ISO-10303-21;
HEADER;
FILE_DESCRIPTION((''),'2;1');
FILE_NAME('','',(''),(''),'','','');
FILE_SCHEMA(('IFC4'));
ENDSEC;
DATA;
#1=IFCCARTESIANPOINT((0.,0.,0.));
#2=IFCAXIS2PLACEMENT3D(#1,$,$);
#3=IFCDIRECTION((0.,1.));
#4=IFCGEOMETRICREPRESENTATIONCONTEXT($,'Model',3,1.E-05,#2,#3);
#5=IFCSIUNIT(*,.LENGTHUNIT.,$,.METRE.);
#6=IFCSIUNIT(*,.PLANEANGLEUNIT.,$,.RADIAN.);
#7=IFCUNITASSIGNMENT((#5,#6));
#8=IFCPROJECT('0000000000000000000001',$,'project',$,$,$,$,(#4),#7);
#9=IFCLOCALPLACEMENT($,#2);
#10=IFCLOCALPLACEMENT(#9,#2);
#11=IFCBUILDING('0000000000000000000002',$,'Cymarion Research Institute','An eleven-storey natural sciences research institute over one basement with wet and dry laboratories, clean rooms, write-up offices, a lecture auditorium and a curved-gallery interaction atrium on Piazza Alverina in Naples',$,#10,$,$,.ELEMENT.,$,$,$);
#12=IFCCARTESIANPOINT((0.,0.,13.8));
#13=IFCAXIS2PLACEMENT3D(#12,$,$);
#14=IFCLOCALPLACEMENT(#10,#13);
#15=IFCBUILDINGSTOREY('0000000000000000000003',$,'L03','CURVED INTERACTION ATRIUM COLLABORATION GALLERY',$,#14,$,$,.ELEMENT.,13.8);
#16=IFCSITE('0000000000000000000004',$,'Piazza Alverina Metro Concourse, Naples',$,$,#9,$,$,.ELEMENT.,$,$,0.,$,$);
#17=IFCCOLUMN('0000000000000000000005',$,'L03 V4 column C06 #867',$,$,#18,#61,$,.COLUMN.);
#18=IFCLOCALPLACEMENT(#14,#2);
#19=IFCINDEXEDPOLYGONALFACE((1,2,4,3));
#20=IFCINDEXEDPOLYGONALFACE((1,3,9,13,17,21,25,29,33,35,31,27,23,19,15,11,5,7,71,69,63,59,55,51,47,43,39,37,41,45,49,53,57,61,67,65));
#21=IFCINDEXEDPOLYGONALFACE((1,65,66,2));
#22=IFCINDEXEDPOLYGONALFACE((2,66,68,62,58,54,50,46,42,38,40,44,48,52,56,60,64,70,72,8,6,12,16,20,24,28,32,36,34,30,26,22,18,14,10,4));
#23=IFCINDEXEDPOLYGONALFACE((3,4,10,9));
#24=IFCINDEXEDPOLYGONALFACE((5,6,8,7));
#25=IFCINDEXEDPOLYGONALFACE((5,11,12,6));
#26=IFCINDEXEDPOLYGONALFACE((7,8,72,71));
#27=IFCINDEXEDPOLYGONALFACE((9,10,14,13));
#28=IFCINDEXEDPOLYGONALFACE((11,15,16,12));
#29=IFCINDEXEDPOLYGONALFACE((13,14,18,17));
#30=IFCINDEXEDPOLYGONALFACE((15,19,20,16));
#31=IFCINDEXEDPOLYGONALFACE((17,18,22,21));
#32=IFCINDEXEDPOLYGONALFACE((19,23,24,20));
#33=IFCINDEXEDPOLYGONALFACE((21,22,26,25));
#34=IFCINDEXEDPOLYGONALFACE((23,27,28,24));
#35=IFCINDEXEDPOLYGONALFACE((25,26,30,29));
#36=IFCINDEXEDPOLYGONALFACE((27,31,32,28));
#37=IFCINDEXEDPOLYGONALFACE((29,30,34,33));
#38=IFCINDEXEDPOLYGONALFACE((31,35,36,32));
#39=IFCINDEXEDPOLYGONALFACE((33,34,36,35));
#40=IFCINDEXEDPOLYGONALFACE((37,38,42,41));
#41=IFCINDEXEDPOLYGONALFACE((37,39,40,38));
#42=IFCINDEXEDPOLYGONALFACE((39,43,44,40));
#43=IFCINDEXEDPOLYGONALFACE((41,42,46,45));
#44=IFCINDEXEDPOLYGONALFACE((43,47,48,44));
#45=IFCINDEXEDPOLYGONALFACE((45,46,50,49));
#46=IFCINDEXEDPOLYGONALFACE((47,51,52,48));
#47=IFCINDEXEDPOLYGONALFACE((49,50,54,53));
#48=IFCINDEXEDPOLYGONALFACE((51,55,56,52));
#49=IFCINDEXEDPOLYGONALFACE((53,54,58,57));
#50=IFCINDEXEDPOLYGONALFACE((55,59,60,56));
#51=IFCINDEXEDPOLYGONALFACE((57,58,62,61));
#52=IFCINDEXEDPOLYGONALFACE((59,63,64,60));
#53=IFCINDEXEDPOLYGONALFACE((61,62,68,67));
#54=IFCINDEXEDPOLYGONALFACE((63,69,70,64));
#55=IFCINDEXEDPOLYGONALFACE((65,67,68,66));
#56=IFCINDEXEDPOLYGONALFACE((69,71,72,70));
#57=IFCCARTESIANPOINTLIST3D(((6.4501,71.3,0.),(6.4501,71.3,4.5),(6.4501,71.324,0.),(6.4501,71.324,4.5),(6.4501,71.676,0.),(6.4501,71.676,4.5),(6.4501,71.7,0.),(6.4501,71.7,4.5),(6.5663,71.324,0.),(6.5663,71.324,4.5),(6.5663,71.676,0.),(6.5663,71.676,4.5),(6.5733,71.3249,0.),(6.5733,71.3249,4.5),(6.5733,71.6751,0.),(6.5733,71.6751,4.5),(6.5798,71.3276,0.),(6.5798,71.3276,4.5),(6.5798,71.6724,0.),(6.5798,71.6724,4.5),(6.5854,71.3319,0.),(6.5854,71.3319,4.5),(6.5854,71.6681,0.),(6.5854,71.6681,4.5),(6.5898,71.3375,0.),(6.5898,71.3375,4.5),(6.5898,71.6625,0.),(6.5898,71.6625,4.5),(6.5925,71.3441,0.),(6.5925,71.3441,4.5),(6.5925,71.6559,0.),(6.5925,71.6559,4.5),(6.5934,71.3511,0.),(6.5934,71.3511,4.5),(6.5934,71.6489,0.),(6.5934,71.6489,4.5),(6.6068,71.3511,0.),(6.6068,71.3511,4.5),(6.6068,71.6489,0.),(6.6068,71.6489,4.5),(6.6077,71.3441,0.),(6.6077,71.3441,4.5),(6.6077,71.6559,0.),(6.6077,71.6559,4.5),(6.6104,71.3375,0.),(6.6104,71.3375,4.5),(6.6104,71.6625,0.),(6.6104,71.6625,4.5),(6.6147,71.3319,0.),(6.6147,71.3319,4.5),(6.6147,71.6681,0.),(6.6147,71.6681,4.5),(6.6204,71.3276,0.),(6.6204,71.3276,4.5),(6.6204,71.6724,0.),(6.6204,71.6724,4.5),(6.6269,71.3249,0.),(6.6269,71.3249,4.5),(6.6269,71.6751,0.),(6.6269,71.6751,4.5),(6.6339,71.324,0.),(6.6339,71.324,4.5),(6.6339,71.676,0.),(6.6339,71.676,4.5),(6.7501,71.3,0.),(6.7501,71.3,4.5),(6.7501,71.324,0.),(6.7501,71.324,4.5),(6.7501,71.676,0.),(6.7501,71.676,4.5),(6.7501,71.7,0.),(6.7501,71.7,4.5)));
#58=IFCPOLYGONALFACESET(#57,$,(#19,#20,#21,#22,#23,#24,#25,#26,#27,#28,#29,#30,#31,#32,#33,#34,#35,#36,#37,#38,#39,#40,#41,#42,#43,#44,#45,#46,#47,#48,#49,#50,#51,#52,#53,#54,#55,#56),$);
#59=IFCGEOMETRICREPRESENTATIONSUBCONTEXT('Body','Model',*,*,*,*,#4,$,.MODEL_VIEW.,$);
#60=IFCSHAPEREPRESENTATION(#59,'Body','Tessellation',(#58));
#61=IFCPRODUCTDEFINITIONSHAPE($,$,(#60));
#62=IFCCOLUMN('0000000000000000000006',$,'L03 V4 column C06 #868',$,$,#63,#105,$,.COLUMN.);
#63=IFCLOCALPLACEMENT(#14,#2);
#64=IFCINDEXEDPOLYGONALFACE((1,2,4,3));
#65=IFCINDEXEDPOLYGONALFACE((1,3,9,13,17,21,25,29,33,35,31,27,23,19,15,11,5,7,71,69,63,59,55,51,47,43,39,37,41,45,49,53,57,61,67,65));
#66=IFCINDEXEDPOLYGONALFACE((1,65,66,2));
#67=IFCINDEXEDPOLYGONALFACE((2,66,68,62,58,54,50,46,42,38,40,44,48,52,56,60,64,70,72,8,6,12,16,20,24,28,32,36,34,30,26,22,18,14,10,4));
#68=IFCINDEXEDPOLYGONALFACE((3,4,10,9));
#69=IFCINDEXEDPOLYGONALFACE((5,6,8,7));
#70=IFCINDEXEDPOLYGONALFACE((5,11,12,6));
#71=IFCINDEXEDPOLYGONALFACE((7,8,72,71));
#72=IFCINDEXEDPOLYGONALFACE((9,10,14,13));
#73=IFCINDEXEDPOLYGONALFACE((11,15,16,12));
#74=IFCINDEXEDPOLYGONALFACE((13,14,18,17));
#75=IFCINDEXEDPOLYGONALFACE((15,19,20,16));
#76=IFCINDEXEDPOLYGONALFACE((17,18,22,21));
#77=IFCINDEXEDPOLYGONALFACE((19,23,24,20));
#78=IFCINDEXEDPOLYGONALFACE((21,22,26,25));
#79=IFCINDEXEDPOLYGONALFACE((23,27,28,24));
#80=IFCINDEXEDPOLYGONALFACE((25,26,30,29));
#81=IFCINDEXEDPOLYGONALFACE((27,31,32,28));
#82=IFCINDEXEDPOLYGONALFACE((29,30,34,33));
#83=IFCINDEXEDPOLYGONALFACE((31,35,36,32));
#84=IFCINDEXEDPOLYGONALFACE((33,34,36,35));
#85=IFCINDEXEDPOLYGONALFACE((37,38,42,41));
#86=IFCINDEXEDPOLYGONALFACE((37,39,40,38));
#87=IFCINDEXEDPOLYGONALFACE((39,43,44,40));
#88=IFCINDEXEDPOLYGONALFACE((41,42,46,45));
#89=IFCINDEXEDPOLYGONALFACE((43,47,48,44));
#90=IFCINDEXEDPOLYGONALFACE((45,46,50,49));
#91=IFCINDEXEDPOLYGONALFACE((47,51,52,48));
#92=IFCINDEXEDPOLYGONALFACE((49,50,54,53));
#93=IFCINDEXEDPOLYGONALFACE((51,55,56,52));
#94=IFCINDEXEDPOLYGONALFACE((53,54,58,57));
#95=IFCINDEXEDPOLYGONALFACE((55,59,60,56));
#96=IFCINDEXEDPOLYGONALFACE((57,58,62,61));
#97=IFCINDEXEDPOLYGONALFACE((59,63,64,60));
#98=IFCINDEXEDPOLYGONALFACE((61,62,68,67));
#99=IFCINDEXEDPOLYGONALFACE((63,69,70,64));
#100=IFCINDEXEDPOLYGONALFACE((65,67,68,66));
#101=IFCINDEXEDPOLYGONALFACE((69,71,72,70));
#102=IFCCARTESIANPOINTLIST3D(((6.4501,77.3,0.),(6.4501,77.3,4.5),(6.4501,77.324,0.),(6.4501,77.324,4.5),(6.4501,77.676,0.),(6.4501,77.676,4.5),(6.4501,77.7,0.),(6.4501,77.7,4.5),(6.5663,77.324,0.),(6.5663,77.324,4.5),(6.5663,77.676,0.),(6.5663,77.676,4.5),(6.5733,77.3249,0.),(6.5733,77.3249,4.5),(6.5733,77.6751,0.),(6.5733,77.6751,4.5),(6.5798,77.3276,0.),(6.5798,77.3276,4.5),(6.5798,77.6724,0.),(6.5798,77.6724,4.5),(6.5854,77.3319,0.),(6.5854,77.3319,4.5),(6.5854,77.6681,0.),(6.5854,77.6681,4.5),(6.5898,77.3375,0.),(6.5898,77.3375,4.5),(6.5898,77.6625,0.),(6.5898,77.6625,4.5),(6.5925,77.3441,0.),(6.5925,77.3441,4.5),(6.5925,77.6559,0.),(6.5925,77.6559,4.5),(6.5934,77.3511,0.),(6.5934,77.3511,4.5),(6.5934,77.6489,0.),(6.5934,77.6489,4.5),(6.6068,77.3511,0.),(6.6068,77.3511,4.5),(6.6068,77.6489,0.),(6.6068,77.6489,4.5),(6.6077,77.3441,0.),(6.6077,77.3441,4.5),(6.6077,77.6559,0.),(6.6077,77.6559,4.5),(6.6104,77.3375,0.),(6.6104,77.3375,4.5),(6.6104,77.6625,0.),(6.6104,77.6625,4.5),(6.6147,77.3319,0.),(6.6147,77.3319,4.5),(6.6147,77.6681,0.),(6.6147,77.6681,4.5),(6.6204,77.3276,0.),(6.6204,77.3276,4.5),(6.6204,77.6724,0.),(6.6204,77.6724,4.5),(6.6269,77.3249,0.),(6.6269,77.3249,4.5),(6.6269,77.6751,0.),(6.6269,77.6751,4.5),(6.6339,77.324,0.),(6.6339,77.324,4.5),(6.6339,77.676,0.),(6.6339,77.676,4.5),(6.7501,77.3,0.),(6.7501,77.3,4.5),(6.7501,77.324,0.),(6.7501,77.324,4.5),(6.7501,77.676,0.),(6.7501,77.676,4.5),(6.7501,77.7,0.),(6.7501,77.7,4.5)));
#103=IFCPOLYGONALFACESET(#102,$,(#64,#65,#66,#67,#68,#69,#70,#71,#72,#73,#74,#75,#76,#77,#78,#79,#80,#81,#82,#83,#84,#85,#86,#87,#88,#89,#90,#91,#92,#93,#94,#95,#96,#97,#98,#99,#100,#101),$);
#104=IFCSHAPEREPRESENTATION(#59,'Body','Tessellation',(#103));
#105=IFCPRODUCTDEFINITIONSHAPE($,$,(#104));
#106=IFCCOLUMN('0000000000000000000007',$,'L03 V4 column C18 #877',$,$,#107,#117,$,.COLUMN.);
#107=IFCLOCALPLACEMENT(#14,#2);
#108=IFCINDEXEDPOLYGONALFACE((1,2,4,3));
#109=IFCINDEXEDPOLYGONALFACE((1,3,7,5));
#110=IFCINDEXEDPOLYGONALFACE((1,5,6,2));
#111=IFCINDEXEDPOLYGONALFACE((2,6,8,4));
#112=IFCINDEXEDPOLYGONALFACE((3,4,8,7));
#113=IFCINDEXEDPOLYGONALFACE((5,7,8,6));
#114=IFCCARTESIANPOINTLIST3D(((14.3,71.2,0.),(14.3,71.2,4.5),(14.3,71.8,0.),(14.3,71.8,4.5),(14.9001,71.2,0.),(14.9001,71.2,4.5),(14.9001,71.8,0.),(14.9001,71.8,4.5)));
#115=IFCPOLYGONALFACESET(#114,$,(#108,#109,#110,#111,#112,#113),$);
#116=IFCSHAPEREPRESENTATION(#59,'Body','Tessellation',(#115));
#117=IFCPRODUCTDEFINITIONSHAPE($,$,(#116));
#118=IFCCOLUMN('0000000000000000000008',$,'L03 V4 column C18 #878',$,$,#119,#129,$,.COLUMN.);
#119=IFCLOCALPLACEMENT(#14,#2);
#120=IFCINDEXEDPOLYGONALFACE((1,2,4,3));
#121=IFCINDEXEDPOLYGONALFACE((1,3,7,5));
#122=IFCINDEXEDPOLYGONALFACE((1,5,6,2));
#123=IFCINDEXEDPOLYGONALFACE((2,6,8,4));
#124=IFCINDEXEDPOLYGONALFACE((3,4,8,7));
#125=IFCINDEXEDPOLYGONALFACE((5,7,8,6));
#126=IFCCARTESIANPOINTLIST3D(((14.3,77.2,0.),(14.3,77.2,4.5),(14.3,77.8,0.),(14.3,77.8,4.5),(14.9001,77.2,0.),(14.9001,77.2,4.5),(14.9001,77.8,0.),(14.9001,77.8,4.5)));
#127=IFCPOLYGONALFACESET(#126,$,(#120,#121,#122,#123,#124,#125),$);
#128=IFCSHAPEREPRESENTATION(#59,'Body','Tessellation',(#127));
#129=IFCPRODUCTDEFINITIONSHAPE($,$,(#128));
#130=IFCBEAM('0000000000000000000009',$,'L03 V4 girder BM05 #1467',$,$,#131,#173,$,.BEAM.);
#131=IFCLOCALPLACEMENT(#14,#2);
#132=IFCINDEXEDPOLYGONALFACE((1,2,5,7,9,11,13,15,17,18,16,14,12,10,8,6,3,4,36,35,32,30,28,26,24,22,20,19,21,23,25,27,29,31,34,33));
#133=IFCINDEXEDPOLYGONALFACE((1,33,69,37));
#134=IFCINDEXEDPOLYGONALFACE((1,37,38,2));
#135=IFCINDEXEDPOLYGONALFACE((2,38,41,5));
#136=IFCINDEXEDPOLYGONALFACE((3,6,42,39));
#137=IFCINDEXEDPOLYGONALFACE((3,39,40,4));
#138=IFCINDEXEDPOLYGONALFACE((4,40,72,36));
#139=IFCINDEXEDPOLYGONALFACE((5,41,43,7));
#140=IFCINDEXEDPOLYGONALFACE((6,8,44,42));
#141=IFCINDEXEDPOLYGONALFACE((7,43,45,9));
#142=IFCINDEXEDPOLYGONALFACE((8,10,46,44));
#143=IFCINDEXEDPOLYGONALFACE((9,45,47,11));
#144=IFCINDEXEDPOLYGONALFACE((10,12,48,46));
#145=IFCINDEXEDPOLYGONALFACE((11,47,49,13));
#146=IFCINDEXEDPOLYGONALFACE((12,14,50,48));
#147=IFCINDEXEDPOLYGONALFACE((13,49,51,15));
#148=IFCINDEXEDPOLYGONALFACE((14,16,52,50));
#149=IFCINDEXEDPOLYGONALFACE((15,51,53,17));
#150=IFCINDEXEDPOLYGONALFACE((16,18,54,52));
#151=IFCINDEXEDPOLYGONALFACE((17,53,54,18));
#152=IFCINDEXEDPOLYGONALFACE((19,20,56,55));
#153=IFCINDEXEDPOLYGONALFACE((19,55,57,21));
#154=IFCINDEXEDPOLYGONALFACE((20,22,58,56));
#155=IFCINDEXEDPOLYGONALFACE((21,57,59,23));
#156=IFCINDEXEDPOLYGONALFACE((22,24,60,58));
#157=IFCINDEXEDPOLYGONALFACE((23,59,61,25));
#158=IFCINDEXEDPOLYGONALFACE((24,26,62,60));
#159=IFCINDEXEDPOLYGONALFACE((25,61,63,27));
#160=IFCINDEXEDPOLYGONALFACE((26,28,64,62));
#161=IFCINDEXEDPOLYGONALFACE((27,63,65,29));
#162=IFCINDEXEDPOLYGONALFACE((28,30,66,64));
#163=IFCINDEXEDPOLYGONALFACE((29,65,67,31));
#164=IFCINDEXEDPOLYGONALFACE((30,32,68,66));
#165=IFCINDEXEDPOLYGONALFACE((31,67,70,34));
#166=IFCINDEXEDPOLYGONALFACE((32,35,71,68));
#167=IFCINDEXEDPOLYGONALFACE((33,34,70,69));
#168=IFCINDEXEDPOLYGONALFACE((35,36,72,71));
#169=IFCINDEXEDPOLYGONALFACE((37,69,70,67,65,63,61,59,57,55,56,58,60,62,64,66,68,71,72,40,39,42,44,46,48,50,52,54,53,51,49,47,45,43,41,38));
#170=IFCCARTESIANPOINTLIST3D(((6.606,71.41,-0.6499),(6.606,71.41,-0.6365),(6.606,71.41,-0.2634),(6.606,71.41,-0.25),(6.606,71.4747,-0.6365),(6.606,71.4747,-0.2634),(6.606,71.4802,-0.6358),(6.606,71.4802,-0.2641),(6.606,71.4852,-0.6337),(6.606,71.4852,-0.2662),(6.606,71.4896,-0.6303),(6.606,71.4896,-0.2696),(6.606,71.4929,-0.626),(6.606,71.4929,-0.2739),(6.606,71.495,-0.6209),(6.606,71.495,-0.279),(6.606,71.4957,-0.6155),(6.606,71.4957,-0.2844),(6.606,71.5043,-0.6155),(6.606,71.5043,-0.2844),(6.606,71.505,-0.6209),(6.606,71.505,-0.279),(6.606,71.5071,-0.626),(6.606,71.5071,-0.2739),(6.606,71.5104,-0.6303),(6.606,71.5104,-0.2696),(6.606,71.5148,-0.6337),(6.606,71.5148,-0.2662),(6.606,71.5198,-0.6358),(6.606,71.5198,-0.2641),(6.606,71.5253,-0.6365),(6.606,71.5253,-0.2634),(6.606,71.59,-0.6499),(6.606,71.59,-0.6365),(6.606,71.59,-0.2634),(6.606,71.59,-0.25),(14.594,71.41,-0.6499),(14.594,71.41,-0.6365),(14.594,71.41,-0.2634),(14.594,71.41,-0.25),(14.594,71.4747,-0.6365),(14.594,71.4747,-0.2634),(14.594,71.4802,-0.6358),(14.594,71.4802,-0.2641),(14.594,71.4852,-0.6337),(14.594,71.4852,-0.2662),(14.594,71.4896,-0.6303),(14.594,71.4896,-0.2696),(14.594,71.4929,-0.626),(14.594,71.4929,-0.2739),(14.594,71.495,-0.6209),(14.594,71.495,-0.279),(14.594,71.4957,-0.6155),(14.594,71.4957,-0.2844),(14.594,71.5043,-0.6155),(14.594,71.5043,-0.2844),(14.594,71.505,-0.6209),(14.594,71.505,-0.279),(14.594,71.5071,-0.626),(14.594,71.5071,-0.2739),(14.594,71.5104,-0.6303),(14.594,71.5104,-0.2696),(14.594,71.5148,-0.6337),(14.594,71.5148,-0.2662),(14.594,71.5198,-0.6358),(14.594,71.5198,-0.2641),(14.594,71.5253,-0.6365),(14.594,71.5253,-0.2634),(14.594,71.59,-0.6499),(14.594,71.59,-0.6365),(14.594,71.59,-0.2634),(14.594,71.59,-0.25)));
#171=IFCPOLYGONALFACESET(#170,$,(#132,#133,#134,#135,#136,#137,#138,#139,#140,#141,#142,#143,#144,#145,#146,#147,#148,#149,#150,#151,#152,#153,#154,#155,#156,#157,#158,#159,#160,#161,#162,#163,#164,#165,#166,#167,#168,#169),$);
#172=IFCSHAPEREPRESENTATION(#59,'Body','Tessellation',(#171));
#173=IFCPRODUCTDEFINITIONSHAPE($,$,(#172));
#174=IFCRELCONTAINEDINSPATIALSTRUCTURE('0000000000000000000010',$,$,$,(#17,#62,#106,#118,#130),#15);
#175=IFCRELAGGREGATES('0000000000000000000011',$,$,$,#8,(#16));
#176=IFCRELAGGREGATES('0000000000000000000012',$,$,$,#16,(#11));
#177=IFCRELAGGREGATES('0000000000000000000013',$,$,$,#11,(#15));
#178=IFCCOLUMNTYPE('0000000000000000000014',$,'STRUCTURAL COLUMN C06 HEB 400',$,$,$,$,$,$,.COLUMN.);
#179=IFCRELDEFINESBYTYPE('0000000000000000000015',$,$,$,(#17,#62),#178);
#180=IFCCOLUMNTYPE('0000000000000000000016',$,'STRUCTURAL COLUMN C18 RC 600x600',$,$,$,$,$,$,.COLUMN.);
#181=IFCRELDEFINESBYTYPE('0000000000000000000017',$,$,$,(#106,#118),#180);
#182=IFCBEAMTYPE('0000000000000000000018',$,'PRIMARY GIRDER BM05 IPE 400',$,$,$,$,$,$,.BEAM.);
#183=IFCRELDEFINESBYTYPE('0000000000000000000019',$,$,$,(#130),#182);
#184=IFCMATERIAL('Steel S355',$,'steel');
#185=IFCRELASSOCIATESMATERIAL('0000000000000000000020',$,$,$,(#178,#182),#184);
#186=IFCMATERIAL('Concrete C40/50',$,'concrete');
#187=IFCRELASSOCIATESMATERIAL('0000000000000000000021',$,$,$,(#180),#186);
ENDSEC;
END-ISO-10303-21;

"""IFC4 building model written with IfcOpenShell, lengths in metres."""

from ifc_helpers import new_model, si_unit, direction, frame, origin, origin_2d, place, context, subcontext, project, spatial, rectangle, i_section, extrude, material, material_profile, profile_set, type_object, element, save


model = new_model("IFC4")

# Units and contexts
model_context = context("Model", 3, precision=1e-05, world=origin(), true_north=direction((0.0, 1.0)))
body_context = subcontext(model_context, "Body", "Model", "MODEL_VIEW")
ifc_project = project(units=[si_unit("LENGTHUNIT", "METRE"), si_unit("PLANEANGLEUNIT", "RADIAN")], contexts=[model_context])

# Site, building, storey
site_placement = place(None, origin())
site = spatial("IfcSite", under=ifc_project, at=site_placement, Name="Piazza Alverina Metro Concourse, Naples", CompositionType="ELEMENT", RefElevation=0.0)
building_placement = place(site_placement, origin())
building = spatial("IfcBuilding", under=site, at=building_placement, Name="Cymarion Research Institute", Description="An eleven-storey natural sciences research institute over one basement with wet and dry laboratories, clean rooms, write-up offices, a lecture auditorium and a curved-gallery interaction atrium on Piazza Alverina in Naples", CompositionType="ELEMENT")
storey_placement = place(building_placement, frame((0.0, 0.0, 13.8)))
storey = spatial("IfcBuildingStorey", under=building, at=storey_placement, Name="L03", Description="CURVED INTERACTION ATRIUM COLLABORATION GALLERY", CompositionType="ELEMENT", Elevation=13.8)

# Columns
ifc_material_1 = material(Name="Steel S355", Category="steel")
ifc_material_profile_1 = material_profile(ifc_material_1, i_section(OverallWidth=0.3, OverallDepth=0.3999, WebThickness=0.0134, FlangeThickness=0.0239, FilletRadius=0.0271, at=origin_2d()), Name="HEB 400")
ifc_profile_set_1 = profile_set([ifc_material_profile_1], Name="Steel S355")
column_type_1 = type_object("IfcColumnType", Name="STRUCTURAL COLUMN C06 HEB 400", PredefinedType="COLUMN", material=ifc_profile_set_1)
for number, where, z_axis, x_axis, name in (
    (1, (6.6001, 71.5, 0.0), (0.0, 0.0, 1.0), (1.0, 0.0, 0.0), "L03 V4 column C06 #867"),
    (2, (6.6001, 77.5, 0.0), (0.0, 0.0, 1.0), (1.0, 0.0, 0.0), "L03 V4 column C06 #868"),
):
    element("IfcColumn", number, at=place(storey_placement, frame(where, z_axis=z_axis, x_axis=x_axis)), inside=storey, type_object=column_type_1, Name=name, PredefinedType="COLUMN", context=body_context, shape_type="SweptSolid", body=[
        extrude(i_section(OverallWidth=0.3, OverallDepth=0.3999, WebThickness=0.0134, FlangeThickness=0.0239, FilletRadius=0.0271, at=origin_2d()), origin(), (0.0, 0.0, 1.0), 4.5),
    ])
ifc_material_2 = material(Name="Concrete C40/50", Category="concrete")
ifc_material_profile_2 = material_profile(ifc_material_2, rectangle(XDim=0.6001, YDim=0.6001, at=origin_2d()), Name="RC 600x600")
ifc_profile_set_2 = profile_set([ifc_material_profile_2], Name="Concrete C40/50")
column_type_2 = type_object("IfcColumnType", Name="STRUCTURAL COLUMN C18 RC 600x600", PredefinedType="COLUMN", material=ifc_profile_set_2)
for number, where, z_axis, x_axis, name in (
    (3, (14.6001, 71.5, 0.0), (0.0, 0.0, 1.0), (1.0, 0.0, 0.0), "L03 V4 column C18 #877"),
    (4, (14.6001, 77.5, 0.0), (0.0, 0.0, 1.0), (1.0, 0.0, 0.0), "L03 V4 column C18 #878"),
):
    element("IfcColumn", number, at=place(storey_placement, frame(where, z_axis=z_axis, x_axis=x_axis)), inside=storey, type_object=column_type_2, Name=name, PredefinedType="COLUMN", context=body_context, shape_type="SweptSolid", body=[
        extrude(rectangle(XDim=0.6001, YDim=0.6001, at=origin_2d()), origin(), (0.0, 0.0, 1.0), 4.5),
    ])

# Beam
ifc_material_profile_3 = material_profile(ifc_material_1, i_section(OverallWidth=0.1799, OverallDepth=0.3999, WebThickness=0.0085, FlangeThickness=0.0134, FilletRadius=0.021, at=origin_2d()), Name="IPE 400")
ifc_profile_set_3 = profile_set([ifc_material_profile_3], Name="Steel S355")
beam_type_1 = type_object("IfcBeamType", Name="PRIMARY GIRDER BM05 IPE 400", PredefinedType="BEAM", material=ifc_profile_set_3)
beam_1_placement = place(storey_placement, frame((6.606, 71.5, -0.45), z_axis=(1.0, 0.0, 0.0), x_axis=(0.0, 1.0, 0.0)))
element("IfcBeam", 5, at=beam_1_placement, inside=storey, type_object=beam_type_1, Name="L03 V4 girder BM05 #1467", PredefinedType="BEAM", context=body_context, shape_type="SweptSolid", body=[
    extrude(i_section(OverallWidth=0.1799, OverallDepth=0.3999, WebThickness=0.0085, FlangeThickness=0.0134, FilletRadius=0.021, at=origin_2d()), origin(), (0.0, 0.0, 1.0), 7.988),
])

save(model, "model.ifc")
